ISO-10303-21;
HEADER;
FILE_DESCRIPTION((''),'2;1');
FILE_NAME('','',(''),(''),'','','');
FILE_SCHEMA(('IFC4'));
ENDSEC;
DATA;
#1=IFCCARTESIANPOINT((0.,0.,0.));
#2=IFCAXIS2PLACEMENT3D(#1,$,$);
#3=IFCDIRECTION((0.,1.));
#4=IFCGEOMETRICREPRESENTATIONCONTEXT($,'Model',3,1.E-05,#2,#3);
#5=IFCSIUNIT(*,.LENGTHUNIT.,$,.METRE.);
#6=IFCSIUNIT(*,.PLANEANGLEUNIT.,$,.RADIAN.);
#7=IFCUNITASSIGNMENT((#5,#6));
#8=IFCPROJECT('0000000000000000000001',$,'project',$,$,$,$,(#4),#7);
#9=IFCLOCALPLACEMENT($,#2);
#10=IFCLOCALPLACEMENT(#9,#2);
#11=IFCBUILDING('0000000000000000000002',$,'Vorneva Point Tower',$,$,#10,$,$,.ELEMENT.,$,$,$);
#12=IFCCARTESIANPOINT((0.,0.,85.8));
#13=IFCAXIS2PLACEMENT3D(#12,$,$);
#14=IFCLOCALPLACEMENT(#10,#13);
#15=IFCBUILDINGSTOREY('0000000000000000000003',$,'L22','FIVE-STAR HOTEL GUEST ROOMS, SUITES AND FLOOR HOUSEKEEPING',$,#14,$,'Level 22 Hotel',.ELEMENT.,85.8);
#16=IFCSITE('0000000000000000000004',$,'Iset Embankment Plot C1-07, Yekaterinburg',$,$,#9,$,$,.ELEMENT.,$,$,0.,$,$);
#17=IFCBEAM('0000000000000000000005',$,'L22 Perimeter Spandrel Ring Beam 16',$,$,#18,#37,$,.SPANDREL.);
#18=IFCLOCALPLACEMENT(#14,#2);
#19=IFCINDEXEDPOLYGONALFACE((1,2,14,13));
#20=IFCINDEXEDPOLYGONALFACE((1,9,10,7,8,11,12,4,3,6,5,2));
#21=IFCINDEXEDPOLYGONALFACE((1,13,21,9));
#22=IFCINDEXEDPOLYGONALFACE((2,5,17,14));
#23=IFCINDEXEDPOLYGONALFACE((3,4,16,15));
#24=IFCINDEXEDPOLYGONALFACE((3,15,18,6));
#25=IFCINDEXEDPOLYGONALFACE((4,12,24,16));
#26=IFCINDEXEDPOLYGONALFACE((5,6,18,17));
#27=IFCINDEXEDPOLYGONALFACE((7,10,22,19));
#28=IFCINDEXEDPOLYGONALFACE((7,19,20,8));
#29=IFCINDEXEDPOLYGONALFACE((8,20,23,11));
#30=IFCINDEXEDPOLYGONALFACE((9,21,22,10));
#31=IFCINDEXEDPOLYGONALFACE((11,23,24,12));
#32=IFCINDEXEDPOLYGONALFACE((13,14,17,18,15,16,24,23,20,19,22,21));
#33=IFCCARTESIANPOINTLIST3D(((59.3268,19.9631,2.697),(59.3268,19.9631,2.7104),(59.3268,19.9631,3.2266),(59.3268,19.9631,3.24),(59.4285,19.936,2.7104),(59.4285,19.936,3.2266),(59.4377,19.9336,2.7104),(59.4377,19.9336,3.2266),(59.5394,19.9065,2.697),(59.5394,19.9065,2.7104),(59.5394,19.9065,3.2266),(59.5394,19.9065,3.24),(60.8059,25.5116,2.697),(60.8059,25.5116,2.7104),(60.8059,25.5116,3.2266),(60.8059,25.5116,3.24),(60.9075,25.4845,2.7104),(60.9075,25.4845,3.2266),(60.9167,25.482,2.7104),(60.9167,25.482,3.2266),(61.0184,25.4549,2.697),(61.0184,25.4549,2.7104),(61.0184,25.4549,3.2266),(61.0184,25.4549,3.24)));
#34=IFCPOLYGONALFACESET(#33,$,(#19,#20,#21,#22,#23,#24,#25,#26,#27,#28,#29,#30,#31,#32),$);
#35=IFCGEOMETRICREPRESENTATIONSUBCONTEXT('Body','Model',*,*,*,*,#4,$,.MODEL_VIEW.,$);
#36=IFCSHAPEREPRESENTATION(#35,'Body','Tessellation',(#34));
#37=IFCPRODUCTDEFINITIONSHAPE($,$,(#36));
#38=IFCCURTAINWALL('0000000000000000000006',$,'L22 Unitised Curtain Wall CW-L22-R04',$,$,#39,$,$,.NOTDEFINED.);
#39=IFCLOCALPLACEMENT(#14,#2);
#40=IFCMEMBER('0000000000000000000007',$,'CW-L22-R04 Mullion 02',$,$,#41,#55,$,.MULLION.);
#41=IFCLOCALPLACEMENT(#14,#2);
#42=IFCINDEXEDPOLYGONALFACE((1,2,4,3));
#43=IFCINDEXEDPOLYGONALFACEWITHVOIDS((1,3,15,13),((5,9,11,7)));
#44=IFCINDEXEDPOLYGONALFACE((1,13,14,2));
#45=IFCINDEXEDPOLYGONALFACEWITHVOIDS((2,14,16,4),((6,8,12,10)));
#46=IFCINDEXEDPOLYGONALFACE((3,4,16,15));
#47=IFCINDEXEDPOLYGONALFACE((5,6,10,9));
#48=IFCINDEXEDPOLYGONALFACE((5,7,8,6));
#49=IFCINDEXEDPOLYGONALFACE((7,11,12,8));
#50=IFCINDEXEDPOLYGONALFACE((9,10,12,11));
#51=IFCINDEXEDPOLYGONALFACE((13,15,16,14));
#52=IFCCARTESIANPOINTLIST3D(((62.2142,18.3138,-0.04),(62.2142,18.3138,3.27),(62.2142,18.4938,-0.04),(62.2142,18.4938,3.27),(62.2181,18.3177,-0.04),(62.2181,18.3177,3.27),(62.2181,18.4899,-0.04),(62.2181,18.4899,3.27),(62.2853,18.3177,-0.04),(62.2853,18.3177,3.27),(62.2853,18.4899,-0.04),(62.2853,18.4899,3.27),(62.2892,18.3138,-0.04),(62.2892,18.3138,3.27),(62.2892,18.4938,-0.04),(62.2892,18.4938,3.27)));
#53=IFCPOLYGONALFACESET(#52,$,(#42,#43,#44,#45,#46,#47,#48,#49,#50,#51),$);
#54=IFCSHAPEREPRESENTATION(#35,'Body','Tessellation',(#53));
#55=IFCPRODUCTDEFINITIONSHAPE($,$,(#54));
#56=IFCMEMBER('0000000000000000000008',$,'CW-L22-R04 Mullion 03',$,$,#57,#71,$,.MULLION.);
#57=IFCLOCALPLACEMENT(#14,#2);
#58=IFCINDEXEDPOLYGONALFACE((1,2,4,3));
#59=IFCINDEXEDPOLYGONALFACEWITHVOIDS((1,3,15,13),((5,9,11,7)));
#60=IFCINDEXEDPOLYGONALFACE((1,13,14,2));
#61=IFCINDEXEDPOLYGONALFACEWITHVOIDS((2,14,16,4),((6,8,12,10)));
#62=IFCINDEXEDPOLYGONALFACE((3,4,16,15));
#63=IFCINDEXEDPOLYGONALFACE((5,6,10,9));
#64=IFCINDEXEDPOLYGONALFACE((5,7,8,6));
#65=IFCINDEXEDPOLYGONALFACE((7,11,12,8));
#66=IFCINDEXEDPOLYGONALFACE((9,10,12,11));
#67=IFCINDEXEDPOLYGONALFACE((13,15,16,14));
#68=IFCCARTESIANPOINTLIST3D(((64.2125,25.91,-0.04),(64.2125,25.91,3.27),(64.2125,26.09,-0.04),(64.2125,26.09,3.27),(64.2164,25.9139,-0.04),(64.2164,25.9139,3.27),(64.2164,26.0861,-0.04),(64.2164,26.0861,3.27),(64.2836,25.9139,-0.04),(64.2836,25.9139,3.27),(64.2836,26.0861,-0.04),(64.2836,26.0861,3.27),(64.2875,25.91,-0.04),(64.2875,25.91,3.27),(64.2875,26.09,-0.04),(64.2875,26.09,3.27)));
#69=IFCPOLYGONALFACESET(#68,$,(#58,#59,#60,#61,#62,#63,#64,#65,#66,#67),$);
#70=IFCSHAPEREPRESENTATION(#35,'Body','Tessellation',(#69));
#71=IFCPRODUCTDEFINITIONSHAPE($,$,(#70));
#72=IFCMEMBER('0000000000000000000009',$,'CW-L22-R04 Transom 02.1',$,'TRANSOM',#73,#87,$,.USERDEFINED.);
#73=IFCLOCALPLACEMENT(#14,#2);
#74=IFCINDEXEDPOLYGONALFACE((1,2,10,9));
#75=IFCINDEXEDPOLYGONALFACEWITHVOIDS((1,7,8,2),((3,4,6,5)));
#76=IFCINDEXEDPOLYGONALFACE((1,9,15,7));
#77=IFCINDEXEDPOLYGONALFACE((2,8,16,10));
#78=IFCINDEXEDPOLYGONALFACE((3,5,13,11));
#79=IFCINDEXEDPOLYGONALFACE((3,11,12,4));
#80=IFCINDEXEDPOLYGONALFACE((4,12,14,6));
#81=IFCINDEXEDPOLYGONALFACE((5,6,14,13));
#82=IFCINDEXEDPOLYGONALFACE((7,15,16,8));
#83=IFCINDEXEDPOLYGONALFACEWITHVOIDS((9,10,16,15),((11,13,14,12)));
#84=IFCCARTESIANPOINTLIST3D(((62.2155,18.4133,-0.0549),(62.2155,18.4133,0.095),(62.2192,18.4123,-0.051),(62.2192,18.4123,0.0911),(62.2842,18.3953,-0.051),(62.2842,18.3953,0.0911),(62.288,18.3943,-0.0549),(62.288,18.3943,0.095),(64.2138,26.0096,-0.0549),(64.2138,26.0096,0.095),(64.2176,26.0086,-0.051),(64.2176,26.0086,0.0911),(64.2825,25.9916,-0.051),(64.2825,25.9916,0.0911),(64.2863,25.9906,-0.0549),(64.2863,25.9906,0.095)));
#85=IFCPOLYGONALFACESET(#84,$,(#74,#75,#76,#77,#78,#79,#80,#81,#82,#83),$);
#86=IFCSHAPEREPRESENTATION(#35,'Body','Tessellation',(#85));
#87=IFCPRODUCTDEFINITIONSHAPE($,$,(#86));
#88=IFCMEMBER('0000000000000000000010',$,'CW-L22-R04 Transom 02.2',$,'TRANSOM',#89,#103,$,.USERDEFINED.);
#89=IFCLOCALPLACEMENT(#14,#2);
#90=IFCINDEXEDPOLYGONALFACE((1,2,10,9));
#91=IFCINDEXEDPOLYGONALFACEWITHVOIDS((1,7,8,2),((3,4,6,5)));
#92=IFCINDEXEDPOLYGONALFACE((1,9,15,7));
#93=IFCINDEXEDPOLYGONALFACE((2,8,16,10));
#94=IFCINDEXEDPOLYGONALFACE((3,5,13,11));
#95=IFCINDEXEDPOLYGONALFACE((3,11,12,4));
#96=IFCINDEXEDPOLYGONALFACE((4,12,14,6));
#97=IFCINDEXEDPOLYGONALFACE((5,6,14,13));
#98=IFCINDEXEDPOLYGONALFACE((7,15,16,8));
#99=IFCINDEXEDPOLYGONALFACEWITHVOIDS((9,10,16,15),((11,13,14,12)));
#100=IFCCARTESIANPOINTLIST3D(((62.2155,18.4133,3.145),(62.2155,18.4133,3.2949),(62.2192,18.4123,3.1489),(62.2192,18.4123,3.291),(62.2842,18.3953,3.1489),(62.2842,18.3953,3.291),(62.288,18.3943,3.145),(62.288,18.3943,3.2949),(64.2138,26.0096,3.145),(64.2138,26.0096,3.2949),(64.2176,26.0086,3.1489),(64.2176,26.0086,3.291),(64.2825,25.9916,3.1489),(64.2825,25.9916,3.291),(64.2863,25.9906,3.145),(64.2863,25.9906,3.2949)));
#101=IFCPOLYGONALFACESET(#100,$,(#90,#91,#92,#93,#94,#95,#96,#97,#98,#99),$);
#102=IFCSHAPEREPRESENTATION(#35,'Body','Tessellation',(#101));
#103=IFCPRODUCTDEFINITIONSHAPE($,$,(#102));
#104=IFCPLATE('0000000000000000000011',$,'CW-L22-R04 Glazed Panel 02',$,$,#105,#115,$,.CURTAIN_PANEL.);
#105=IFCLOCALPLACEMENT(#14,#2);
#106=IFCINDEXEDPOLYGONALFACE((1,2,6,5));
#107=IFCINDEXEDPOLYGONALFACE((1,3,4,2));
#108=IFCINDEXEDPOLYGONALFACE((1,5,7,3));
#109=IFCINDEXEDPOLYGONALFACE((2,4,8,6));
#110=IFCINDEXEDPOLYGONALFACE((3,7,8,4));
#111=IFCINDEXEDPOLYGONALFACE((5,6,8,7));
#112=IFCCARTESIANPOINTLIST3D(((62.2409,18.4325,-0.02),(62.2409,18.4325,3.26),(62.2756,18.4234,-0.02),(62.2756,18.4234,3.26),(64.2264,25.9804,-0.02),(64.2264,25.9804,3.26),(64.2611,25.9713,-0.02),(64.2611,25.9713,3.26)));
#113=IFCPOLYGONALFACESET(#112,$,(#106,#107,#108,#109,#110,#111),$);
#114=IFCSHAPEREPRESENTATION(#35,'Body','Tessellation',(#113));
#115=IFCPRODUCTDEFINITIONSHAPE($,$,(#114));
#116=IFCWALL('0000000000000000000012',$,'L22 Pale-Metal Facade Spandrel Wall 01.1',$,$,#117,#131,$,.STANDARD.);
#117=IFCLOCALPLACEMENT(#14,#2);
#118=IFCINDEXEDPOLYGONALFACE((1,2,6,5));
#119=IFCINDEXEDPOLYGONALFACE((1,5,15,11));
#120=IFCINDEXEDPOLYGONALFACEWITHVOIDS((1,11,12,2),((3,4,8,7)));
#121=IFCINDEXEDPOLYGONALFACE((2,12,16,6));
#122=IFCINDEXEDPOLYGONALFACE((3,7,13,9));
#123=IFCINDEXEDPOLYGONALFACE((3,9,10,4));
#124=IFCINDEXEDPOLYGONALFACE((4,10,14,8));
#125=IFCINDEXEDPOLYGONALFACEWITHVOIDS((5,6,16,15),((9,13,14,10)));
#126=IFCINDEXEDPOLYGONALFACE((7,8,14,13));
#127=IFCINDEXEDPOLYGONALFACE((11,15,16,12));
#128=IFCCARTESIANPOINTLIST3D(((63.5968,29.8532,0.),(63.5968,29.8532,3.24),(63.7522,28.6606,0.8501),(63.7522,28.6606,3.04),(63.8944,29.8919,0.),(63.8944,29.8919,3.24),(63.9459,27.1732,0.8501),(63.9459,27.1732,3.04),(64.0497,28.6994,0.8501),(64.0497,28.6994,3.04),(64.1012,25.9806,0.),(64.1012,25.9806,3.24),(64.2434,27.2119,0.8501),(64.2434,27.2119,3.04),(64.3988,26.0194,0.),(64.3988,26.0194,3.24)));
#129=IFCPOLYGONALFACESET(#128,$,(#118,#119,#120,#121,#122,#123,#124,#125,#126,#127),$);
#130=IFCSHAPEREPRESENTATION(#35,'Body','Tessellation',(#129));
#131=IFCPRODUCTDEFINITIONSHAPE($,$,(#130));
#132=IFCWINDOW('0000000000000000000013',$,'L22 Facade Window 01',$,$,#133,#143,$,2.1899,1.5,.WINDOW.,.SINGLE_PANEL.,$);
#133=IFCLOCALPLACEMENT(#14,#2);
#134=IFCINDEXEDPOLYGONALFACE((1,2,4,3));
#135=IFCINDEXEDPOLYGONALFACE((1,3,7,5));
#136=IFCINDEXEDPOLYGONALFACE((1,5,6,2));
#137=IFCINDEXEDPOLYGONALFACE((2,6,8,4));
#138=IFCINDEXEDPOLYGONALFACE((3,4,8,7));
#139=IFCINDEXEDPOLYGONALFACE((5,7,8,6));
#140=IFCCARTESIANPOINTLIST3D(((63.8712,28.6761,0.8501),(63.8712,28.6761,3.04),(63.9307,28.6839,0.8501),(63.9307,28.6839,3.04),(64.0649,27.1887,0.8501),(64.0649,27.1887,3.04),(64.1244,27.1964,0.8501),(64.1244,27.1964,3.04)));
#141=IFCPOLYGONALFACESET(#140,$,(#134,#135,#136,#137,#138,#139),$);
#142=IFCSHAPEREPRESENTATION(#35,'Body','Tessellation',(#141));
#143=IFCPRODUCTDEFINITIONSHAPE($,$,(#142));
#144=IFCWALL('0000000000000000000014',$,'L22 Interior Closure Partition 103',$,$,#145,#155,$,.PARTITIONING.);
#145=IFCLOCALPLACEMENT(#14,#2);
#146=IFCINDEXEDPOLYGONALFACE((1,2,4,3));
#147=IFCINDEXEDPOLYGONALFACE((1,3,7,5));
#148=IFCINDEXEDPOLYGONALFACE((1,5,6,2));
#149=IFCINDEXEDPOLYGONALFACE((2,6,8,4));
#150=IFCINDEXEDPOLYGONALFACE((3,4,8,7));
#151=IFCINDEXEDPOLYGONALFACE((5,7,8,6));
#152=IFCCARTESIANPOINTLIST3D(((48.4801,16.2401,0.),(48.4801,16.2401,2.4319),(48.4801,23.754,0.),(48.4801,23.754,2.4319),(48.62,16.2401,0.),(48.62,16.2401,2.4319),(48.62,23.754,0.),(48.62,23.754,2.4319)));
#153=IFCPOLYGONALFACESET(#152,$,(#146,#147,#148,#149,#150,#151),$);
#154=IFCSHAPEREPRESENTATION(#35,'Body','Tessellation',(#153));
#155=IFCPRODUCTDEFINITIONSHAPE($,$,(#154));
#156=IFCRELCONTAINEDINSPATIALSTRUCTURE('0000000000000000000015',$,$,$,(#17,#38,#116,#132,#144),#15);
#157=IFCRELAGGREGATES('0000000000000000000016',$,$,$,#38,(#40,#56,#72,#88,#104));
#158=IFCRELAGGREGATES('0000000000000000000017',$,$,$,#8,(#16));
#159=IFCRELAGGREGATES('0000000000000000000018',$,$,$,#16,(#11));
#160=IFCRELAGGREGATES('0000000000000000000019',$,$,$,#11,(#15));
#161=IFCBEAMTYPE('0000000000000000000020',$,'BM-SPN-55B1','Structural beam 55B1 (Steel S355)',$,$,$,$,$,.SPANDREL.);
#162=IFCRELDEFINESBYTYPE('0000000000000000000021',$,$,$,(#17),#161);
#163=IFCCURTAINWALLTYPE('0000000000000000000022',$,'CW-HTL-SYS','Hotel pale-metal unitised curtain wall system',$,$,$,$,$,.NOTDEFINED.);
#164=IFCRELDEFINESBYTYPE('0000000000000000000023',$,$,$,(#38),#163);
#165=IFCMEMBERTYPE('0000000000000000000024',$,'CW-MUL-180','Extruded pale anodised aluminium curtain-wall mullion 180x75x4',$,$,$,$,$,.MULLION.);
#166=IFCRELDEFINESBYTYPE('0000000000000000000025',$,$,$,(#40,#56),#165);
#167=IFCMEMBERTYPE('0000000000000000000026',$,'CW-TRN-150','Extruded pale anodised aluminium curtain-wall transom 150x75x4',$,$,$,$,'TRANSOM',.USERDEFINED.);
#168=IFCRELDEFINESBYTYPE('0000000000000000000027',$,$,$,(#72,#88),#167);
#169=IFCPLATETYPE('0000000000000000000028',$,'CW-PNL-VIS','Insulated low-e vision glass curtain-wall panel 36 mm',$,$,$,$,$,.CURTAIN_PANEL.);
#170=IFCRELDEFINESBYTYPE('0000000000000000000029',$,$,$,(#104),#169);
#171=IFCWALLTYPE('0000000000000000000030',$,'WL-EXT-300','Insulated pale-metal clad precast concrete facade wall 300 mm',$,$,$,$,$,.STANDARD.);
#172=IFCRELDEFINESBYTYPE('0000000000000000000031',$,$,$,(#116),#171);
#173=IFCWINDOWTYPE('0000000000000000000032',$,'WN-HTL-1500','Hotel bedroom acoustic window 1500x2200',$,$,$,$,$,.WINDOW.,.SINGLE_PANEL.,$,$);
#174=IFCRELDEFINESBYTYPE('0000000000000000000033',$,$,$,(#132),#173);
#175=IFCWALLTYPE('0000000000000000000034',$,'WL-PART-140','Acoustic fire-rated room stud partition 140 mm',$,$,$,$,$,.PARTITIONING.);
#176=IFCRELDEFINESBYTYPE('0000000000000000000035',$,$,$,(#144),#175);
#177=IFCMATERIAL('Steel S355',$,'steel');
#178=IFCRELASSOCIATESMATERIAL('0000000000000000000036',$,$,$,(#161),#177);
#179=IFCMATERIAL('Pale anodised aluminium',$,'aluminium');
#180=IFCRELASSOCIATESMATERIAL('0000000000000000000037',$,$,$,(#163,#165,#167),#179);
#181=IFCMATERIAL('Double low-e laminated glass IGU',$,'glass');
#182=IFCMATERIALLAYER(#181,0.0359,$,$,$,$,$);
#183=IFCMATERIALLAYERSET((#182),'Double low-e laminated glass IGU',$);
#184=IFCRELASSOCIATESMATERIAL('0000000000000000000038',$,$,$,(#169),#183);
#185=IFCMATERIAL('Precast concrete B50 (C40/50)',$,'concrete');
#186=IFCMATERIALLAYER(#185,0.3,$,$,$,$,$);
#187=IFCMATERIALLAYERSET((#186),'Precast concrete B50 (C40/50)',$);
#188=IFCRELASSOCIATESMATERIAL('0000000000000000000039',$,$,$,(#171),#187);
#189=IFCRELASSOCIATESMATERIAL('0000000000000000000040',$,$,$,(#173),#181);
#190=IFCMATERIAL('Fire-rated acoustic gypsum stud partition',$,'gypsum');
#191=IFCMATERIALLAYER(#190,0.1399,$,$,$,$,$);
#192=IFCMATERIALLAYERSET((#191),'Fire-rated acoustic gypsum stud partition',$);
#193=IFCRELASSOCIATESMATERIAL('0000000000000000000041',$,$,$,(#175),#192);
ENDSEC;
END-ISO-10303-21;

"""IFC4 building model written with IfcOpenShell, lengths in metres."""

from ifc_helpers import new_model, si_unit, direction, frame, frame_2d, origin, origin_2d, place, context, subcontext, project, spatial, rectangle, hollow_rectangle, i_section, extrude, material, layer, layer_set, material_profile, profile_set, type_object, element, fill, aggregate, save


model = new_model("IFC4")

# Units and contexts
model_context = context("Model", 3, precision=1e-05, world=origin(), true_north=direction((0.0, 1.0)))
body_context = subcontext(model_context, "Body", "Model", "MODEL_VIEW")
ifc_project = project(units=[si_unit("LENGTHUNIT", "METRE"), si_unit("PLANEANGLEUNIT", "RADIAN")], contexts=[model_context])

# Site, building, storey
site_placement = place(None, origin())
site = spatial("IfcSite", under=ifc_project, at=site_placement, Name="Iset Embankment Plot C1-07, Yekaterinburg", CompositionType="ELEMENT", RefElevation=0.0)
building_placement = place(site_placement, origin())
building = spatial("IfcBuilding", under=site, at=building_placement, Name="Vorneva Point Tower", CompositionType="ELEMENT")
storey_placement = place(building_placement, frame((0.0, 0.0, 85.8)))
storey = spatial("IfcBuildingStorey", under=building, at=storey_placement, Name="L22", Description="FIVE-STAR HOTEL GUEST ROOMS, SUITES AND FLOOR HOUSEKEEPING", LongName="Level 22 Hotel", CompositionType="ELEMENT", Elevation=85.8)

# Beam
ifc_material_1 = material(Name="Steel S355", Category="steel")
ifc_material_profile_1 = material_profile(ifc_material_1, i_section(OverallWidth=0.22, OverallDepth=0.543, WebThickness=0.0095, FlangeThickness=0.0134, at=origin_2d()), Name="55B1")
ifc_profile_set_1 = profile_set([ifc_material_profile_1], Name="Steel S355")
beam_type_1 = type_object("IfcBeamType", Name="BM-SPN-55B1", Description="Structural beam 55B1 (Steel S355)", PredefinedType="SPANDREL", material=ifc_profile_set_1)
for number, where, z_axis, x_axis, name in (
    (1, (59.4331, 19.9348, 2.9685), (0.257573, 0.966259, 0.0), (-0.966259, 0.257573, 0.0), "L22 Perimeter Spandrel Ring Beam 16"),
):
    element("IfcBeam", number, at=place(storey_placement, frame(where, z_axis=z_axis, x_axis=x_axis)), inside=storey, type_object=beam_type_1, Name=name, PredefinedType="SPANDREL", context=body_context, shape_type="SweptSolid", body=[
        extrude(i_section(OverallWidth=0.22, OverallDepth=0.543, WebThickness=0.0095, FlangeThickness=0.0134, at=origin_2d()), origin(), (0.0, 0.0, 1.0), 5.7422),
    ])

# Curtain wall, members, plate
ifc_material_2 = material(Name="Pale anodised aluminium", Category="aluminium")
curtain_wall_type = type_object("IfcCurtainWallType", Name="CW-HTL-SYS", Description="Hotel pale-metal unitised curtain wall system", PredefinedType="NOTDEFINED", material=ifc_material_2)
curtain_wall_placement = place(storey_placement, origin())
curtain_wall = element("IfcCurtainWall", 2, at=curtain_wall_placement, inside=storey, type_object=curtain_wall_type, Name="L22 Unitised Curtain Wall CW-L22-R04", PredefinedType="NOTDEFINED")
ifc_material_profile_2 = material_profile(ifc_material_2, hollow_rectangle(XDim=0.075, YDim=0.1799, WallThickness=0.0039, at=origin_2d()), Name="AL-MUL 180x75x4")
ifc_profile_set_2 = profile_set([ifc_material_profile_2], Name="Pale anodised aluminium")
member_type_1 = type_object("IfcMemberType", Name="CW-MUL-180", Description="Extruded pale anodised aluminium curtain-wall mullion 180x75x4", PredefinedType="MULLION", material=ifc_profile_set_2)
member_1_placement = place(storey_placement, frame((62.2517, 18.4038, -0.04), z_axis=(0.0, 0.0, 1.0), x_axis=(1.0, 0.0, 0.0)))
member_1 = element("IfcMember", 3, at=member_1_placement, type_object=member_type_1, Name="CW-L22-R04 Mullion 02", PredefinedType="MULLION", context=body_context, shape_type="SweptSolid", body=[
    extrude(hollow_rectangle(XDim=0.075, YDim=0.1799, WallThickness=0.0039, at=origin_2d()), origin(), (0.0, 0.0, 1.0), 3.3101),
])
member_2_placement = place(storey_placement, frame((64.25, 26.0, -0.04), z_axis=(0.0, 0.0, 1.0), x_axis=(1.0, 0.0, 0.0)))
member_2 = element("IfcMember", 4, at=member_2_placement, type_object=member_type_1, Name="CW-L22-R04 Mullion 03", PredefinedType="MULLION", context=body_context, shape_type="SweptSolid", body=[
    extrude(hollow_rectangle(XDim=0.075, YDim=0.1799, WallThickness=0.0039, at=origin_2d()), origin(), (0.0, 0.0, 1.0), 3.3101),
])
ifc_material_profile_3 = material_profile(ifc_material_2, hollow_rectangle(XDim=0.075, YDim=0.1499, WallThickness=0.0039, at=origin_2d()), Name="AL-TRN 150x75x4")
ifc_profile_set_3 = profile_set([ifc_material_profile_3], Name="Pale anodised aluminium")
member_type_2 = type_object("IfcMemberType", Name="CW-TRN-150", Description="Extruded pale anodised aluminium curtain-wall transom 150x75x4", ElementType="TRANSOM", PredefinedType="USERDEFINED", material=ifc_profile_set_3)
member_3_placement = place(storey_placement, frame((62.2517, 18.4038, 0.02), z_axis=(0.254409, 0.967097, 0.0), x_axis=(-0.967097, 0.254409, 0.0)))
member_3 = element("IfcMember", 5, at=member_3_placement, type_object=member_type_2, Name="CW-L22-R04 Transom 02.1", ObjectType="TRANSOM", PredefinedType="USERDEFINED", context=body_context, shape_type="SweptSolid", body=[
    extrude(hollow_rectangle(XDim=0.075, YDim=0.1499, WallThickness=0.0039, at=origin_2d()), origin(), (0.0, 0.0, 1.0), 7.8547),
])
member_4_placement = place(storey_placement, frame((62.2517, 18.4038, 3.22), z_axis=(0.254409, 0.967097, 0.0), x_axis=(-0.967097, 0.254409, 0.0)))
member_4 = element("IfcMember", 6, at=member_4_placement, type_object=member_type_2, Name="CW-L22-R04 Transom 02.2", ObjectType="TRANSOM", PredefinedType="USERDEFINED", context=body_context, shape_type="SweptSolid", body=[
    extrude(hollow_rectangle(XDim=0.075, YDim=0.1499, WallThickness=0.0039, at=origin_2d()), origin(), (0.0, 0.0, 1.0), 7.8547),
])
ifc_material_3 = material(Name="Double low-e laminated glass IGU", Category="glass")
ifc_layer_1 = layer(ifc_material_3, 0.0359)
ifc_layer_set_1 = layer_set([ifc_layer_1], Name="Double low-e laminated glass IGU")
plate_type = type_object("IfcPlateType", Name="CW-PNL-VIS", Description="Insulated low-e vision glass curtain-wall panel 36 mm", PredefinedType="CURTAIN_PANEL", material=ifc_layer_set_1)
plate_placement = place(storey_placement, frame((63.251, 22.2019, -0.02), z_axis=(0.0, 0.0, 1.0), x_axis=(0.254399, 0.967099, 0.0)))
plate = element("IfcPlate", 7, at=plate_placement, type_object=plate_type, Name="CW-L22-R04 Glazed Panel 02", PredefinedType="CURTAIN_PANEL", context=body_context, shape_type="SweptSolid", body=[
    extrude(rectangle(XDim=7.8047, YDim=0.0359, at=origin_2d()), origin(), (0.0, 0.0, 1.0), 3.28),
])
aggregate(curtain_wall, [member_1, member_2, member_3, member_4, plate])

# Wall, opening, window
ifc_material_4 = material(Name="Precast concrete B50 (C40/50)", Category="concrete")
ifc_layer_2 = layer(ifc_material_4, 0.3)
ifc_layer_set_2 = layer_set([ifc_layer_2], Name="Precast concrete B50 (C40/50)")
wall_type_1 = type_object("IfcWallType", Name="WL-EXT-300", Description="Insulated pale-metal clad precast concrete facade wall 300 mm", PredefinedType="STANDARD", material=ifc_layer_set_2)
wall_1_placement = place(storey_placement, frame((64.25, 26.0, 0.0), z_axis=(0.0, 0.0, 1.0), x_axis=(-0.129157, 0.991624, 0.0)))
wall_1 = element("IfcWall", 8, at=wall_1_placement, inside=storey, type_object=wall_type_1, Name="L22 Pale-Metal Facade Spandrel Wall 01.1", PredefinedType="STANDARD", context=body_context, shape_type="SweptSolid", body=[
    extrude(rectangle(XDim=3.9053, YDim=0.3, at=frame_2d((1.9526, 0.0))), origin(), (0.0, 0.0, 1.0), 3.24),
])
opening_1_placement = place(wall_1_placement, frame((1.2026, 0.0, 0.8501)))
opening_1 = element("IfcOpeningElement", 9, at=opening_1_placement, cuts=wall_1, PredefinedType="OPENING", context=body_context, shape_type="SweptSolid", body=[
    extrude(rectangle(XDim=1.5, YDim=2.1899, at=frame_2d((0.75, 1.095))), frame((0.0, 0.165, 0.0), z_axis=(0.0, -1.0, 0.0), x_axis=(1.0, 0.0, 0.0)), (0.0, 0.0, 1.0), 0.3298),
])
window_type = type_object("IfcWindowType", Name="WN-HTL-1500", Description="Hotel bedroom acoustic window 1500x2200", PartitioningType="SINGLE_PANEL", PredefinedType="WINDOW", material=ifc_material_3)
window_placement = place(opening_1_placement, origin())
window = element("IfcWindow", 10, at=window_placement, inside=storey, type_object=window_type, Name="L22 Facade Window 01", OverallHeight=2.1899, OverallWidth=1.5, PartitioningType="SINGLE_PANEL", PredefinedType="WINDOW", context=body_context, shape_type="SweptSolid", body=[
    extrude(rectangle(XDim=1.5, YDim=2.1899, at=frame_2d((0.75, 1.095))), frame((0.0, 0.03, 0.0), z_axis=(0.0, -1.0, 0.0), x_axis=(1.0, 0.0, 0.0)), (0.0, 0.0, 1.0), 0.0601),
])
fill(opening_1, window)

# Wall
ifc_material_5 = material(Name="Fire-rated acoustic gypsum stud partition", Category="gypsum")
ifc_layer_3 = layer(ifc_material_5, 0.1399)
ifc_layer_set_3 = layer_set([ifc_layer_3], Name="Fire-rated acoustic gypsum stud partition")
wall_type_2 = type_object("IfcWallType", Name="WL-PART-140", Description="Acoustic fire-rated room stud partition 140 mm", PredefinedType="PARTITIONING", material=ifc_layer_set_3)
wall_2_placement = place(storey_placement, frame((48.55, 23.7539, 0.0), z_axis=(0.0, 0.0, 1.0), x_axis=(0.0, -1.0, 0.0)))
element("IfcWall", 11, at=wall_2_placement, inside=storey, type_object=wall_type_2, Name="L22 Interior Closure Partition 103", PredefinedType="PARTITIONING", context=body_context, shape_type="SweptSolid", body=[
    extrude(rectangle(XDim=7.5139, YDim=0.1399, at=frame_2d((3.7568, 0.0))), origin(), (0.0, 0.0, 1.0), 2.4319),
])

save(model, "model.ifc")
